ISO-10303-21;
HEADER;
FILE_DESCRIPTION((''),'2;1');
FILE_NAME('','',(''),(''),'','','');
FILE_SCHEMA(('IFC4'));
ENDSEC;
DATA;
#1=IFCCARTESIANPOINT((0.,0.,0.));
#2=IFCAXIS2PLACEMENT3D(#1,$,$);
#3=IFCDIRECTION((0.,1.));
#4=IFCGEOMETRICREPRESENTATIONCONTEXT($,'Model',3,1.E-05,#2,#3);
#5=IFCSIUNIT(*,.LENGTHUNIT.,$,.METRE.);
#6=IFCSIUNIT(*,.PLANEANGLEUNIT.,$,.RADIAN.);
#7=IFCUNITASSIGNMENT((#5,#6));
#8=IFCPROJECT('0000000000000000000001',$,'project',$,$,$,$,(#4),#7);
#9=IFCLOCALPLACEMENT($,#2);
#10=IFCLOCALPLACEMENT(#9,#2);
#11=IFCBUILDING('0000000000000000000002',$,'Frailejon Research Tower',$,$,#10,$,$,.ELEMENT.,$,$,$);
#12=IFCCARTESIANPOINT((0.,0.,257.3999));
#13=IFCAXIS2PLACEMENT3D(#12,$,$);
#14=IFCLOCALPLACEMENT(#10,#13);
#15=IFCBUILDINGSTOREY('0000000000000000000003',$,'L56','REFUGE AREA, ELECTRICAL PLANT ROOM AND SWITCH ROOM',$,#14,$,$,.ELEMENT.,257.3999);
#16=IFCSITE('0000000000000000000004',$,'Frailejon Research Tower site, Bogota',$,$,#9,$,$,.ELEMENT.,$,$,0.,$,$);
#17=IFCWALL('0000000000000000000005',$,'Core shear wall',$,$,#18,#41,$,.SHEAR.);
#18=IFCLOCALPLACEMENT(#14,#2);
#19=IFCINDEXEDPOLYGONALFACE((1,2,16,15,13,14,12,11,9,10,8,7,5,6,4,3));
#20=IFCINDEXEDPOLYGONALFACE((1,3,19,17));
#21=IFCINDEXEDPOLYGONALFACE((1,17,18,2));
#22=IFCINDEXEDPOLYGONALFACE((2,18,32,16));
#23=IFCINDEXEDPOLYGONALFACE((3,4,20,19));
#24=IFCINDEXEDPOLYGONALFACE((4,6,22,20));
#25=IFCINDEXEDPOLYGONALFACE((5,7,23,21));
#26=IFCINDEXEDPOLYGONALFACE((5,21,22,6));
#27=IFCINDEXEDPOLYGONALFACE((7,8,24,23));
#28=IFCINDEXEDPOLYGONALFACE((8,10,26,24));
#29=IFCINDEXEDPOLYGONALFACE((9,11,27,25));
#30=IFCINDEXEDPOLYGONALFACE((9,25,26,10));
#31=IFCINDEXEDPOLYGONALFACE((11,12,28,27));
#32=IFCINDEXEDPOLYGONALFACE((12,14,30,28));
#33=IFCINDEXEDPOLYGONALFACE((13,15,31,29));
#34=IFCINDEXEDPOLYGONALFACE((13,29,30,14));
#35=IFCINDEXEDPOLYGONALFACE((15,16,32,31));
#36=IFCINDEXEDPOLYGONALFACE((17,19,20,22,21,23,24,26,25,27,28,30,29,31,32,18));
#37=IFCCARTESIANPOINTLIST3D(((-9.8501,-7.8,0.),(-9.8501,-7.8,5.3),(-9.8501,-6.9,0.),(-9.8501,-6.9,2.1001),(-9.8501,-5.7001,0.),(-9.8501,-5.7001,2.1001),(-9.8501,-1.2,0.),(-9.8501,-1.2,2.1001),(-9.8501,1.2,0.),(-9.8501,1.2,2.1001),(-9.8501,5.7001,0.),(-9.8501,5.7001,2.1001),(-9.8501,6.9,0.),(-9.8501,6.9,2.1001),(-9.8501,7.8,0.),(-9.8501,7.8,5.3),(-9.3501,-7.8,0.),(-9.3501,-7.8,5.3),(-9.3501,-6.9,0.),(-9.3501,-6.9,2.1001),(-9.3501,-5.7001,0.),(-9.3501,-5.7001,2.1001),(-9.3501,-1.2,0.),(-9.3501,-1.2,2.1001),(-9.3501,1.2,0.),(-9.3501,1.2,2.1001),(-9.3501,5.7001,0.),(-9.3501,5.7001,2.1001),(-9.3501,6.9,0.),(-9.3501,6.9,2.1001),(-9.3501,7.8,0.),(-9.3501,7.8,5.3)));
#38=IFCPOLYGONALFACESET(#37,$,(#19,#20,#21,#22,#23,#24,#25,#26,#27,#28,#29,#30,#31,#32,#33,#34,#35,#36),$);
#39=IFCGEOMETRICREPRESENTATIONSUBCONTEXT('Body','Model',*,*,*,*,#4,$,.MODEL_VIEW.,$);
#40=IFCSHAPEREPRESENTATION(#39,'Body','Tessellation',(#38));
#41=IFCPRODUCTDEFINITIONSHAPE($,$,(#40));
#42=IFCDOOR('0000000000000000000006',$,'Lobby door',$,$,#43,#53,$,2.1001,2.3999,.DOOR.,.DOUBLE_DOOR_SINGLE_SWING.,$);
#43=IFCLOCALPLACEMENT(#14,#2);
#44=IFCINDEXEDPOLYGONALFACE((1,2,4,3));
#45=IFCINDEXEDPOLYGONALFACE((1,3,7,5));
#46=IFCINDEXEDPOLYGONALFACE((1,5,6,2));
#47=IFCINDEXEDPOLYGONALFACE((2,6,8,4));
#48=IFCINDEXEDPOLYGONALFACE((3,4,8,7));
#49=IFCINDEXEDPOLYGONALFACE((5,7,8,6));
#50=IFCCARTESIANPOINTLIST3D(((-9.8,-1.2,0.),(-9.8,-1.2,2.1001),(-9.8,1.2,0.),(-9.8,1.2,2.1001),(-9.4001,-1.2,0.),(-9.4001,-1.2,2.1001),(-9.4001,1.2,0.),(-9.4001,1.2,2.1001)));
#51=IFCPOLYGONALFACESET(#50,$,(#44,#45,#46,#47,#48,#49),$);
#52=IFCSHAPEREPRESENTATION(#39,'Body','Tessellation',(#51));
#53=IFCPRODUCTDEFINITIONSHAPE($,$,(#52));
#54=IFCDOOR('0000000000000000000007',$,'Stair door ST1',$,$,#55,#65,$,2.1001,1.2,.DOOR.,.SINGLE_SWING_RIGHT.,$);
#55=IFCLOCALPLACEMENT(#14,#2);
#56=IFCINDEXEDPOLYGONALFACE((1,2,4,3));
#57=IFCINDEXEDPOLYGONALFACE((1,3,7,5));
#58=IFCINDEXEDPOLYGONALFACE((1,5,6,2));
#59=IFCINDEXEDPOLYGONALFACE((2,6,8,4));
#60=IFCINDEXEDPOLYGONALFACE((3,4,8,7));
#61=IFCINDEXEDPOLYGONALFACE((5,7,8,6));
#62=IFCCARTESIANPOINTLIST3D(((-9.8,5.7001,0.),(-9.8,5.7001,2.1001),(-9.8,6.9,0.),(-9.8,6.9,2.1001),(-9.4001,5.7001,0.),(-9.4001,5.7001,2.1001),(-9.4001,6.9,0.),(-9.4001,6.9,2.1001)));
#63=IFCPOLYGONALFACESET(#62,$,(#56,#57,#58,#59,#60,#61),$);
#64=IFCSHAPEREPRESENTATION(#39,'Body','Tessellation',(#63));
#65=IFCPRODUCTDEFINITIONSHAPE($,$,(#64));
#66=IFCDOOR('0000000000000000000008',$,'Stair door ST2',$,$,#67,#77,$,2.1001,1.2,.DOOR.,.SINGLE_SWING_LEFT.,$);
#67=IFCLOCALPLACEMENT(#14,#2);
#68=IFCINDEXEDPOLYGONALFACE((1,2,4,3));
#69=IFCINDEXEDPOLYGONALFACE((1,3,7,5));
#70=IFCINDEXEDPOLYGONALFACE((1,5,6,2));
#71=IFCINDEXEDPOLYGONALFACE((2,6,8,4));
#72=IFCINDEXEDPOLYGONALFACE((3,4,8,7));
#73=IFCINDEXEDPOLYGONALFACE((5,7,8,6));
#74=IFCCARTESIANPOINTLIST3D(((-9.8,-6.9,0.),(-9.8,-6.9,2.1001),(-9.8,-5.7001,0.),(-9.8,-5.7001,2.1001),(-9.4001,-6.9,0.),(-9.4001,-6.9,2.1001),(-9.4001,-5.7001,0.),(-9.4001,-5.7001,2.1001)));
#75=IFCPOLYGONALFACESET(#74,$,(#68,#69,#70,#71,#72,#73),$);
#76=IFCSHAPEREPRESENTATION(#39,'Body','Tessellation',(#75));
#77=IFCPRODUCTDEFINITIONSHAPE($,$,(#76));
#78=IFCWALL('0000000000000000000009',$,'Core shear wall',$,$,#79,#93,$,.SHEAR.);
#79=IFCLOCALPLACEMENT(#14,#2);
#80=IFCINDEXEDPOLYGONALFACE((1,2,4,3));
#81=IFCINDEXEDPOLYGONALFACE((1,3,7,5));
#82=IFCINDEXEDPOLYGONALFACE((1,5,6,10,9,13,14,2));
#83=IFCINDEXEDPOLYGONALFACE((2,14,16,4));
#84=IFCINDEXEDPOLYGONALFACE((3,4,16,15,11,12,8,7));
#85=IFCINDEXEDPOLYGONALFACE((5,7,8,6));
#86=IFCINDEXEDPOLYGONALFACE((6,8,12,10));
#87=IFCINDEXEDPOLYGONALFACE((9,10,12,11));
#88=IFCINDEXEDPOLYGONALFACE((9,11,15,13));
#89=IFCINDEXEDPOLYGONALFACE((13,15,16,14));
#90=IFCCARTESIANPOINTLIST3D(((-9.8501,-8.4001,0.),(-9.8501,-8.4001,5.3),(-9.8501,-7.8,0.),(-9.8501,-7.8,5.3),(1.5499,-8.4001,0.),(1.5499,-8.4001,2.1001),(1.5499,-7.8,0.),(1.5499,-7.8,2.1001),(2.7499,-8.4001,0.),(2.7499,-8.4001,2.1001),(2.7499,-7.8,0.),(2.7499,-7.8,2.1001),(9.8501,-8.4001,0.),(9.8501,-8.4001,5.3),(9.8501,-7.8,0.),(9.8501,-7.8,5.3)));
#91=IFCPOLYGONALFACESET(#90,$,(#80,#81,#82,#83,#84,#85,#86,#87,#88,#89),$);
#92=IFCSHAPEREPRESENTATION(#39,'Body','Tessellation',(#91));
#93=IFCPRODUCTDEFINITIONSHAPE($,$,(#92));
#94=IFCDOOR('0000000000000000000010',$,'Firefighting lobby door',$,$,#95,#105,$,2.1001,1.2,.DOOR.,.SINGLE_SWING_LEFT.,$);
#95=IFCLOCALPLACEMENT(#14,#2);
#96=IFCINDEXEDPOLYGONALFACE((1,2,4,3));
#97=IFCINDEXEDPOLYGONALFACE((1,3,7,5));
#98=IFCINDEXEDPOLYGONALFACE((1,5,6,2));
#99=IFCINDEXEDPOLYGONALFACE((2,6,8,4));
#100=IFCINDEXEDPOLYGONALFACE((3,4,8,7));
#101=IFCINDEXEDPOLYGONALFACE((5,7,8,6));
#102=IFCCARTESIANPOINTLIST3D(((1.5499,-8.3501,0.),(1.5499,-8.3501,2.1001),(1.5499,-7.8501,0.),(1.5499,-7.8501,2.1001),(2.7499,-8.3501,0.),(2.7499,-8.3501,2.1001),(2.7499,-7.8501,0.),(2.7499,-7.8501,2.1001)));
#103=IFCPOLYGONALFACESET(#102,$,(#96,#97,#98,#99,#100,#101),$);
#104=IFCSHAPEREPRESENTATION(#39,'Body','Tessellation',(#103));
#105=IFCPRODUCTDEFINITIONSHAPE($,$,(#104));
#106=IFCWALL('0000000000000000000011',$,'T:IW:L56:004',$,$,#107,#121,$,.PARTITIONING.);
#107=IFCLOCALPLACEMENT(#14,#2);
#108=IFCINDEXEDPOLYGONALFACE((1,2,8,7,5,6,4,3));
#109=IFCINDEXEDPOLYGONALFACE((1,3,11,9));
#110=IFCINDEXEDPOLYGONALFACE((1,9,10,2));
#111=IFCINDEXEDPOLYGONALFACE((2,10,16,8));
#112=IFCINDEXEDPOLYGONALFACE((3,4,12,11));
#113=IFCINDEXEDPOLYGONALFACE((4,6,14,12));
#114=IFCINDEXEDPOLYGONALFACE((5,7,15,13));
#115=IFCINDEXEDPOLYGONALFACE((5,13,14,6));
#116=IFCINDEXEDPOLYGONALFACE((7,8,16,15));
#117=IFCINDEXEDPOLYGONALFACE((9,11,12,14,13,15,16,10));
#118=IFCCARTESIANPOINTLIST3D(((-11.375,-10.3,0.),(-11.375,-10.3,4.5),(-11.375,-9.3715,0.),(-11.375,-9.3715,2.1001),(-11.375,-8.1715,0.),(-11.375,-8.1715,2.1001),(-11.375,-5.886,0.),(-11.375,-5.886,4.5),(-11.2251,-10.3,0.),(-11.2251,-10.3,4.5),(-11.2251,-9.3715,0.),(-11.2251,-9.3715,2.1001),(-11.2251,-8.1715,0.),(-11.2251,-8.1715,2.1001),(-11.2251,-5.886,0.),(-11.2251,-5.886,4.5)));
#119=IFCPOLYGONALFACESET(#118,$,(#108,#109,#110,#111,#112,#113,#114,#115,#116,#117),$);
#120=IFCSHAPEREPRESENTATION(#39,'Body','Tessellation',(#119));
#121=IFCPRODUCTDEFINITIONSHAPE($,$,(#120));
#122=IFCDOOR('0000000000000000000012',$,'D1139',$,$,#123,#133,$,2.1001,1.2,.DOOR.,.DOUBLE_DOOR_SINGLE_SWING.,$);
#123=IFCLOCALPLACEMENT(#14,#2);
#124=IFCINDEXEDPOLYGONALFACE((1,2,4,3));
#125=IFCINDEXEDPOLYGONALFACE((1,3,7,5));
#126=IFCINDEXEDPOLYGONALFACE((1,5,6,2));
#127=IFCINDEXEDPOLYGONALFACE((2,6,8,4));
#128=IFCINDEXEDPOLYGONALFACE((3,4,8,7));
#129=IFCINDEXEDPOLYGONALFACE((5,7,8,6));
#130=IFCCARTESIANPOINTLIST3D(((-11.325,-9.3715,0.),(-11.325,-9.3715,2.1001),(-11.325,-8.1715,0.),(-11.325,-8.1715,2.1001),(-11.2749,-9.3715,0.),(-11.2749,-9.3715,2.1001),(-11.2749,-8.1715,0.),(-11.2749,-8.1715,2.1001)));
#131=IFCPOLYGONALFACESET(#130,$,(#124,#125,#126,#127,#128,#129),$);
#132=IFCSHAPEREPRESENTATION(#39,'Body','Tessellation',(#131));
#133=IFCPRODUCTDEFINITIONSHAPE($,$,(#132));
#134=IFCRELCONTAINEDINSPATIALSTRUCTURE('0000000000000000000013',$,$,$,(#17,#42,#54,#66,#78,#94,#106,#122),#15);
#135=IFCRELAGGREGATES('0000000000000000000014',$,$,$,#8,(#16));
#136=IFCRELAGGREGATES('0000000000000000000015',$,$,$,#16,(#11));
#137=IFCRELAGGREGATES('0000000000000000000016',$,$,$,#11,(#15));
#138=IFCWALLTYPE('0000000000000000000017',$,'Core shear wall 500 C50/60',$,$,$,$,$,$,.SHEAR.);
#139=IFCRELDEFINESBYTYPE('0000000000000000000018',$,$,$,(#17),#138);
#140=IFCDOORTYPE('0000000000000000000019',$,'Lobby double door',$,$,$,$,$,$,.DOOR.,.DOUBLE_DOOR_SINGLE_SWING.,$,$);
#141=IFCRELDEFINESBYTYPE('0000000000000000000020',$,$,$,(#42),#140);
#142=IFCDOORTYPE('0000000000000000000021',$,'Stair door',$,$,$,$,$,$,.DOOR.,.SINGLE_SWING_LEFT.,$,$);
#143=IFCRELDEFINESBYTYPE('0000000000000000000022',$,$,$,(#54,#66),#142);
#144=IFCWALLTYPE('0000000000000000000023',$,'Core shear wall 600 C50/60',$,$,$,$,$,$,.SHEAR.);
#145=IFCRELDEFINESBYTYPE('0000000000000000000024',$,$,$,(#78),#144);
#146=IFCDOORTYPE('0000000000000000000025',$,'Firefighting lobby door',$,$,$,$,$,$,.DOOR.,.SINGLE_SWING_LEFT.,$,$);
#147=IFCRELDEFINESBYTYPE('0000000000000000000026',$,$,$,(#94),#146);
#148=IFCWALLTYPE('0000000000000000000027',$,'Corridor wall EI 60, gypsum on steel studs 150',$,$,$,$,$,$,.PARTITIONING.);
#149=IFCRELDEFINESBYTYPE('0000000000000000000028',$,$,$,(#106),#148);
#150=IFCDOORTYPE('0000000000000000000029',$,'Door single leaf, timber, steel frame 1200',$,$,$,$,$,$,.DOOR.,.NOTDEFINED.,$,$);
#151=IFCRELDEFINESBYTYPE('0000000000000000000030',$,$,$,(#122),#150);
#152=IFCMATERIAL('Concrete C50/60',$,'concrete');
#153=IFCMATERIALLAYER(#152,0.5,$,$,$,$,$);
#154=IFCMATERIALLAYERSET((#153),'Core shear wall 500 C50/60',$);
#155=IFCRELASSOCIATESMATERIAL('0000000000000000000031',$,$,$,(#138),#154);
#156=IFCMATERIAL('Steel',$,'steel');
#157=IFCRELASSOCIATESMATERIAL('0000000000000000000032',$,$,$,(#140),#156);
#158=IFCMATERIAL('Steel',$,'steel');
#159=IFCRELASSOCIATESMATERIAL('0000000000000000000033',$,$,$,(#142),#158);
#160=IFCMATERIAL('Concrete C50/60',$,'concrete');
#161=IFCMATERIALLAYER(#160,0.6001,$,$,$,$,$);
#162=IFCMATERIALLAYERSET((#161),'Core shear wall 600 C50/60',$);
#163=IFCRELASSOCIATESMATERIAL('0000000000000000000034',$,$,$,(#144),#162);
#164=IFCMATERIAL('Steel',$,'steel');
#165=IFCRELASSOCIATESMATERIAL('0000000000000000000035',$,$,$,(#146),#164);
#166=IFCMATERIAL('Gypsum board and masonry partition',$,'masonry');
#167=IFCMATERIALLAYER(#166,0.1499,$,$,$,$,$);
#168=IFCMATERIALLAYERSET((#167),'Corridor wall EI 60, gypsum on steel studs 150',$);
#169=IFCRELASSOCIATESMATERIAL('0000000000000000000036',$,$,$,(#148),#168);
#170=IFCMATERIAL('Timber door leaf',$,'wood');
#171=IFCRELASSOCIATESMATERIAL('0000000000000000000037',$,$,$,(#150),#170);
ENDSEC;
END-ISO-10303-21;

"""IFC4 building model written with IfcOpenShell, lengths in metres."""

from ifc_helpers import new_model, si_unit, direction, frame, frame_2d, origin, place, context, subcontext, project, spatial, rectangle, extrude, material, layer, layer_set, type_object, element, fill, save


model = new_model("IFC4")

# Units and contexts
model_context = context("Model", 3, precision=1e-05, world=origin(), true_north=direction((0.0, 1.0)))
body_context = subcontext(model_context, "Body", "Model", "MODEL_VIEW")
ifc_project = project(units=[si_unit("LENGTHUNIT", "METRE"), si_unit("PLANEANGLEUNIT", "RADIAN")], contexts=[model_context])

# Site, building, storey
site_placement = place(None, origin())
site = spatial("IfcSite", under=ifc_project, at=site_placement, Name="Frailejon Research Tower site, Bogota", CompositionType="ELEMENT", RefElevation=0.0)
building_placement = place(site_placement, origin())
building = spatial("IfcBuilding", under=site, at=building_placement, Name="Frailejon Research Tower", CompositionType="ELEMENT")
storey_placement = place(building_placement, frame((0.0, 0.0, 257.3999)))
storey = spatial("IfcBuildingStorey", under=building, at=storey_placement, Name="L56", Description="REFUGE AREA, ELECTRICAL PLANT ROOM AND SWITCH ROOM", CompositionType="ELEMENT", Elevation=257.3999)

# Wall, openings, doors
ifc_material_1 = material(Name="Concrete C50/60", Category="concrete")
ifc_layer_1 = layer(ifc_material_1, 0.5)
ifc_layer_set_1 = layer_set([ifc_layer_1], Name="Core shear wall 500 C50/60")
wall_type_1 = type_object("IfcWallType", Name="Core shear wall 500 C50/60", PredefinedType="SHEAR", material=ifc_layer_set_1)
wall_1_placement = place(storey_placement, frame((-9.6001, -7.8, 0.0), z_axis=(0.0, 0.0, 1.0), x_axis=(0.0, 1.0, 0.0)))
wall_1 = element("IfcWall", 1, at=wall_1_placement, inside=storey, type_object=wall_type_1, Name="Core shear wall", PredefinedType="SHEAR", context=body_context, shape_type="SweptSolid", body=[
    extrude(rectangle(XDim=15.6001, YDim=0.5, at=frame_2d((7.8, 0.0))), origin(), (0.0, 0.0, 1.0), 5.3),
])
opening_1_placement = place(wall_1_placement, frame((6.6001, 0.0, 0.0)))
opening_1 = element("IfcOpeningElement", 2, at=opening_1_placement, cuts=wall_1, PredefinedType="OPENING", context=body_context, shape_type="SweptSolid", body=[
    extrude(rectangle(XDim=2.3999, YDim=2.1001, at=frame_2d((1.2, 1.05))), frame((0.0, 0.26, 0.0), z_axis=(0.0, -1.0, 0.0), x_axis=(1.0, 0.0, 0.0)), (0.0, 0.0, 1.0), 0.52),
])
opening_2_placement = place(wall_1_placement, frame((13.5, 0.0, 0.0)))
opening_2 = element("IfcOpeningElement", 3, at=opening_2_placement, cuts=wall_1, PredefinedType="OPENING", context=body_context, shape_type="SweptSolid", body=[
    extrude(rectangle(XDim=1.2, YDim=2.1001, at=frame_2d((0.6001, 1.05))), frame((0.0, 0.26, 0.0), z_axis=(0.0, -1.0, 0.0), x_axis=(1.0, 0.0, 0.0)), (0.0, 0.0, 1.0), 0.52),
])
opening_3_placement = place(wall_1_placement, frame((0.8999, 0.0, 0.0)))
opening_3 = element("IfcOpeningElement", 4, at=opening_3_placement, cuts=wall_1, PredefinedType="OPENING", context=body_context, shape_type="SweptSolid", body=[
    extrude(rectangle(XDim=1.2, YDim=2.1001, at=frame_2d((0.6001, 1.05))), frame((0.0, 0.26, 0.0), z_axis=(0.0, -1.0, 0.0), x_axis=(1.0, 0.0, 0.0)), (0.0, 0.0, 1.0), 0.52),
])
ifc_material_2 = material(Name="Steel", Category="steel")
door_type_1 = type_object("IfcDoorType", Name="Lobby double door", OperationType="DOUBLE_DOOR_SINGLE_SWING", PredefinedType="DOOR", material=ifc_material_2)
door_1_placement = place(opening_1_placement, origin())
door_1 = element("IfcDoor", 5, at=door_1_placement, inside=storey, type_object=door_type_1, Name="Lobby door", OperationType="DOUBLE_DOOR_SINGLE_SWING", OverallHeight=2.1001, OverallWidth=2.3999, PredefinedType="DOOR", context=body_context, shape_type="SweptSolid", body=[
    extrude(rectangle(XDim=2.3999, YDim=2.1001, at=frame_2d((1.2, 1.05))), frame((0.0, 0.2, 0.0), z_axis=(0.0, -1.0, 0.0), x_axis=(1.0, 0.0, 0.0)), (0.0, 0.0, 1.0), 0.3999),
])
fill(opening_1, door_1)
ifc_material_3 = material(Name="Steel", Category="steel")
door_type_2 = type_object("IfcDoorType", Name="Stair door", OperationType="SINGLE_SWING_LEFT", PredefinedType="DOOR", material=ifc_material_3)
door_2_placement = place(opening_2_placement, origin())
door_2 = element("IfcDoor", 6, at=door_2_placement, inside=storey, type_object=door_type_2, Name="Stair door ST1", OperationType="SINGLE_SWING_RIGHT", OverallHeight=2.1001, OverallWidth=1.2, PredefinedType="DOOR", context=body_context, shape_type="SweptSolid", body=[
    extrude(rectangle(XDim=1.2, YDim=2.1001, at=frame_2d((0.6001, 1.05))), frame((0.0, 0.2, 0.0), z_axis=(0.0, -1.0, 0.0), x_axis=(1.0, 0.0, 0.0)), (0.0, 0.0, 1.0), 0.3999),
])
fill(opening_2, door_2)
door_3_placement = place(opening_3_placement, origin())
door_3 = element("IfcDoor", 7, at=door_3_placement, inside=storey, type_object=door_type_2, Name="Stair door ST2", OperationType="SINGLE_SWING_LEFT", OverallHeight=2.1001, OverallWidth=1.2, PredefinedType="DOOR", context=body_context, shape_type="SweptSolid", body=[
    extrude(rectangle(XDim=1.2, YDim=2.1001, at=frame_2d((0.6001, 1.05))), frame((0.0, 0.2, 0.0), z_axis=(0.0, -1.0, 0.0), x_axis=(1.0, 0.0, 0.0)), (0.0, 0.0, 1.0), 0.3999),
])
fill(opening_3, door_3)

# Walls, openings, doors
ifc_material_4 = material(Name="Concrete C50/60", Category="concrete")
ifc_layer_2 = layer(ifc_material_4, 0.6001)
ifc_layer_set_2 = layer_set([ifc_layer_2], Name="Core shear wall 600 C50/60")
wall_type_2 = type_object("IfcWallType", Name="Core shear wall 600 C50/60", PredefinedType="SHEAR", material=ifc_layer_set_2)
wall_2_placement = place(storey_placement, frame((-9.8501, -8.1001, 0.0), z_axis=(0.0, 0.0, 1.0), x_axis=(1.0, 0.0, 0.0)))
wall_2 = element("IfcWall", 8, at=wall_2_placement, inside=storey, type_object=wall_type_2, Name="Core shear wall", PredefinedType="SHEAR", context=body_context, shape_type="SweptSolid", body=[
    extrude(rectangle(XDim=19.7002, YDim=0.6001, at=frame_2d((9.8501, 0.0))), origin(), (0.0, 0.0, 1.0), 5.3),
])
opening_4_placement = place(wall_2_placement, frame((11.3999, 0.0, 0.0)))
opening_4 = element("IfcOpeningElement", 9, at=opening_4_placement, cuts=wall_2, PredefinedType="OPENING", context=body_context, shape_type="SweptSolid", body=[
    extrude(rectangle(XDim=1.2, YDim=2.1001, at=frame_2d((0.6001, 1.05))), frame((0.0, 0.3101, 0.0), z_axis=(0.0, -1.0, 0.0), x_axis=(1.0, 0.0, 0.0)), (0.0, 0.0, 1.0), 0.6201),
])
ifc_material_5 = material(Name="Steel", Category="steel")
door_type_3 = type_object("IfcDoorType", Name="Firefighting lobby door", OperationType="SINGLE_SWING_LEFT", PredefinedType="DOOR", material=ifc_material_5)
door_4_placement = place(opening_4_placement, origin())
door_4 = element("IfcDoor", 10, at=door_4_placement, inside=storey, type_object=door_type_3, Name="Firefighting lobby door", OperationType="SINGLE_SWING_LEFT", OverallHeight=2.1001, OverallWidth=1.2, PredefinedType="DOOR", context=body_context, shape_type="SweptSolid", body=[
    extrude(rectangle(XDim=1.2, YDim=2.1001, at=frame_2d((0.6001, 1.05))), frame((0.0, 0.25, 0.0), z_axis=(0.0, -1.0, 0.0), x_axis=(1.0, 0.0, 0.0)), (0.0, 0.0, 1.0), 0.5),
])
fill(opening_4, door_4)
ifc_material_6 = material(Name="Gypsum board and masonry partition", Category="masonry")
ifc_layer_3 = layer(ifc_material_6, 0.1499)
ifc_layer_set_3 = layer_set([ifc_layer_3], Name="Corridor wall EI 60, gypsum on steel studs 150")
wall_type_3 = type_object("IfcWallType", Name="Corridor wall EI 60, gypsum on steel studs 150", PredefinedType="PARTITIONING", material=ifc_layer_set_3)
wall_3_placement = place(storey_placement, frame((-11.3, -10.3, 0.0), z_axis=(0.0, 0.0, 1.0), x_axis=(0.0, 1.0, 0.0)))
wall_3 = element("IfcWall", 11, at=wall_3_placement, inside=storey, type_object=wall_type_3, Name="T:IW:L56:004", PredefinedType="PARTITIONING", context=body_context, shape_type="SweptSolid", body=[
    extrude(rectangle(XDim=4.4141, YDim=0.1499, at=frame_2d((2.207, 0.0))), origin(), (0.0, 0.0, 1.0), 4.5),
])
opening_5_placement = place(wall_3_placement, frame((0.9285, 0.0, 0.0)))
opening_5 = element("IfcOpeningElement", 12, at=opening_5_placement, cuts=wall_3, PredefinedType="OPENING", context=body_context, shape_type="SweptSolid", body=[
    extrude(rectangle(XDim=1.2, YDim=2.1001, at=frame_2d((0.6001, 1.05))), frame((0.0, 0.085, 0.0), z_axis=(0.0, -1.0, 0.0), x_axis=(1.0, 0.0, 0.0)), (0.0, 0.0, 1.0), 0.1699),
])
ifc_material_7 = material(Name="Timber door leaf", Category="wood")
door_type_4 = type_object("IfcDoorType", Name="Door single leaf, timber, steel frame 1200", OperationType="NOTDEFINED", PredefinedType="DOOR", material=ifc_material_7)
door_5_placement = place(opening_5_placement, origin())
door_5 = element("IfcDoor", 13, at=door_5_placement, inside=storey, type_object=door_type_4, Name="D1139", OperationType="DOUBLE_DOOR_SINGLE_SWING", OverallHeight=2.1001, OverallWidth=1.2, PredefinedType="DOOR", context=body_context, shape_type="SweptSolid", body=[
    extrude(rectangle(XDim=1.2, YDim=2.1001, at=frame_2d((0.6001, 1.05))), frame((0.0, 0.0249, 0.0), z_axis=(0.0, -1.0, 0.0), x_axis=(1.0, 0.0, 0.0)), (0.0, 0.0, 1.0), 0.05),
])
fill(opening_5, door_5)

save(model, "model.ifc")
